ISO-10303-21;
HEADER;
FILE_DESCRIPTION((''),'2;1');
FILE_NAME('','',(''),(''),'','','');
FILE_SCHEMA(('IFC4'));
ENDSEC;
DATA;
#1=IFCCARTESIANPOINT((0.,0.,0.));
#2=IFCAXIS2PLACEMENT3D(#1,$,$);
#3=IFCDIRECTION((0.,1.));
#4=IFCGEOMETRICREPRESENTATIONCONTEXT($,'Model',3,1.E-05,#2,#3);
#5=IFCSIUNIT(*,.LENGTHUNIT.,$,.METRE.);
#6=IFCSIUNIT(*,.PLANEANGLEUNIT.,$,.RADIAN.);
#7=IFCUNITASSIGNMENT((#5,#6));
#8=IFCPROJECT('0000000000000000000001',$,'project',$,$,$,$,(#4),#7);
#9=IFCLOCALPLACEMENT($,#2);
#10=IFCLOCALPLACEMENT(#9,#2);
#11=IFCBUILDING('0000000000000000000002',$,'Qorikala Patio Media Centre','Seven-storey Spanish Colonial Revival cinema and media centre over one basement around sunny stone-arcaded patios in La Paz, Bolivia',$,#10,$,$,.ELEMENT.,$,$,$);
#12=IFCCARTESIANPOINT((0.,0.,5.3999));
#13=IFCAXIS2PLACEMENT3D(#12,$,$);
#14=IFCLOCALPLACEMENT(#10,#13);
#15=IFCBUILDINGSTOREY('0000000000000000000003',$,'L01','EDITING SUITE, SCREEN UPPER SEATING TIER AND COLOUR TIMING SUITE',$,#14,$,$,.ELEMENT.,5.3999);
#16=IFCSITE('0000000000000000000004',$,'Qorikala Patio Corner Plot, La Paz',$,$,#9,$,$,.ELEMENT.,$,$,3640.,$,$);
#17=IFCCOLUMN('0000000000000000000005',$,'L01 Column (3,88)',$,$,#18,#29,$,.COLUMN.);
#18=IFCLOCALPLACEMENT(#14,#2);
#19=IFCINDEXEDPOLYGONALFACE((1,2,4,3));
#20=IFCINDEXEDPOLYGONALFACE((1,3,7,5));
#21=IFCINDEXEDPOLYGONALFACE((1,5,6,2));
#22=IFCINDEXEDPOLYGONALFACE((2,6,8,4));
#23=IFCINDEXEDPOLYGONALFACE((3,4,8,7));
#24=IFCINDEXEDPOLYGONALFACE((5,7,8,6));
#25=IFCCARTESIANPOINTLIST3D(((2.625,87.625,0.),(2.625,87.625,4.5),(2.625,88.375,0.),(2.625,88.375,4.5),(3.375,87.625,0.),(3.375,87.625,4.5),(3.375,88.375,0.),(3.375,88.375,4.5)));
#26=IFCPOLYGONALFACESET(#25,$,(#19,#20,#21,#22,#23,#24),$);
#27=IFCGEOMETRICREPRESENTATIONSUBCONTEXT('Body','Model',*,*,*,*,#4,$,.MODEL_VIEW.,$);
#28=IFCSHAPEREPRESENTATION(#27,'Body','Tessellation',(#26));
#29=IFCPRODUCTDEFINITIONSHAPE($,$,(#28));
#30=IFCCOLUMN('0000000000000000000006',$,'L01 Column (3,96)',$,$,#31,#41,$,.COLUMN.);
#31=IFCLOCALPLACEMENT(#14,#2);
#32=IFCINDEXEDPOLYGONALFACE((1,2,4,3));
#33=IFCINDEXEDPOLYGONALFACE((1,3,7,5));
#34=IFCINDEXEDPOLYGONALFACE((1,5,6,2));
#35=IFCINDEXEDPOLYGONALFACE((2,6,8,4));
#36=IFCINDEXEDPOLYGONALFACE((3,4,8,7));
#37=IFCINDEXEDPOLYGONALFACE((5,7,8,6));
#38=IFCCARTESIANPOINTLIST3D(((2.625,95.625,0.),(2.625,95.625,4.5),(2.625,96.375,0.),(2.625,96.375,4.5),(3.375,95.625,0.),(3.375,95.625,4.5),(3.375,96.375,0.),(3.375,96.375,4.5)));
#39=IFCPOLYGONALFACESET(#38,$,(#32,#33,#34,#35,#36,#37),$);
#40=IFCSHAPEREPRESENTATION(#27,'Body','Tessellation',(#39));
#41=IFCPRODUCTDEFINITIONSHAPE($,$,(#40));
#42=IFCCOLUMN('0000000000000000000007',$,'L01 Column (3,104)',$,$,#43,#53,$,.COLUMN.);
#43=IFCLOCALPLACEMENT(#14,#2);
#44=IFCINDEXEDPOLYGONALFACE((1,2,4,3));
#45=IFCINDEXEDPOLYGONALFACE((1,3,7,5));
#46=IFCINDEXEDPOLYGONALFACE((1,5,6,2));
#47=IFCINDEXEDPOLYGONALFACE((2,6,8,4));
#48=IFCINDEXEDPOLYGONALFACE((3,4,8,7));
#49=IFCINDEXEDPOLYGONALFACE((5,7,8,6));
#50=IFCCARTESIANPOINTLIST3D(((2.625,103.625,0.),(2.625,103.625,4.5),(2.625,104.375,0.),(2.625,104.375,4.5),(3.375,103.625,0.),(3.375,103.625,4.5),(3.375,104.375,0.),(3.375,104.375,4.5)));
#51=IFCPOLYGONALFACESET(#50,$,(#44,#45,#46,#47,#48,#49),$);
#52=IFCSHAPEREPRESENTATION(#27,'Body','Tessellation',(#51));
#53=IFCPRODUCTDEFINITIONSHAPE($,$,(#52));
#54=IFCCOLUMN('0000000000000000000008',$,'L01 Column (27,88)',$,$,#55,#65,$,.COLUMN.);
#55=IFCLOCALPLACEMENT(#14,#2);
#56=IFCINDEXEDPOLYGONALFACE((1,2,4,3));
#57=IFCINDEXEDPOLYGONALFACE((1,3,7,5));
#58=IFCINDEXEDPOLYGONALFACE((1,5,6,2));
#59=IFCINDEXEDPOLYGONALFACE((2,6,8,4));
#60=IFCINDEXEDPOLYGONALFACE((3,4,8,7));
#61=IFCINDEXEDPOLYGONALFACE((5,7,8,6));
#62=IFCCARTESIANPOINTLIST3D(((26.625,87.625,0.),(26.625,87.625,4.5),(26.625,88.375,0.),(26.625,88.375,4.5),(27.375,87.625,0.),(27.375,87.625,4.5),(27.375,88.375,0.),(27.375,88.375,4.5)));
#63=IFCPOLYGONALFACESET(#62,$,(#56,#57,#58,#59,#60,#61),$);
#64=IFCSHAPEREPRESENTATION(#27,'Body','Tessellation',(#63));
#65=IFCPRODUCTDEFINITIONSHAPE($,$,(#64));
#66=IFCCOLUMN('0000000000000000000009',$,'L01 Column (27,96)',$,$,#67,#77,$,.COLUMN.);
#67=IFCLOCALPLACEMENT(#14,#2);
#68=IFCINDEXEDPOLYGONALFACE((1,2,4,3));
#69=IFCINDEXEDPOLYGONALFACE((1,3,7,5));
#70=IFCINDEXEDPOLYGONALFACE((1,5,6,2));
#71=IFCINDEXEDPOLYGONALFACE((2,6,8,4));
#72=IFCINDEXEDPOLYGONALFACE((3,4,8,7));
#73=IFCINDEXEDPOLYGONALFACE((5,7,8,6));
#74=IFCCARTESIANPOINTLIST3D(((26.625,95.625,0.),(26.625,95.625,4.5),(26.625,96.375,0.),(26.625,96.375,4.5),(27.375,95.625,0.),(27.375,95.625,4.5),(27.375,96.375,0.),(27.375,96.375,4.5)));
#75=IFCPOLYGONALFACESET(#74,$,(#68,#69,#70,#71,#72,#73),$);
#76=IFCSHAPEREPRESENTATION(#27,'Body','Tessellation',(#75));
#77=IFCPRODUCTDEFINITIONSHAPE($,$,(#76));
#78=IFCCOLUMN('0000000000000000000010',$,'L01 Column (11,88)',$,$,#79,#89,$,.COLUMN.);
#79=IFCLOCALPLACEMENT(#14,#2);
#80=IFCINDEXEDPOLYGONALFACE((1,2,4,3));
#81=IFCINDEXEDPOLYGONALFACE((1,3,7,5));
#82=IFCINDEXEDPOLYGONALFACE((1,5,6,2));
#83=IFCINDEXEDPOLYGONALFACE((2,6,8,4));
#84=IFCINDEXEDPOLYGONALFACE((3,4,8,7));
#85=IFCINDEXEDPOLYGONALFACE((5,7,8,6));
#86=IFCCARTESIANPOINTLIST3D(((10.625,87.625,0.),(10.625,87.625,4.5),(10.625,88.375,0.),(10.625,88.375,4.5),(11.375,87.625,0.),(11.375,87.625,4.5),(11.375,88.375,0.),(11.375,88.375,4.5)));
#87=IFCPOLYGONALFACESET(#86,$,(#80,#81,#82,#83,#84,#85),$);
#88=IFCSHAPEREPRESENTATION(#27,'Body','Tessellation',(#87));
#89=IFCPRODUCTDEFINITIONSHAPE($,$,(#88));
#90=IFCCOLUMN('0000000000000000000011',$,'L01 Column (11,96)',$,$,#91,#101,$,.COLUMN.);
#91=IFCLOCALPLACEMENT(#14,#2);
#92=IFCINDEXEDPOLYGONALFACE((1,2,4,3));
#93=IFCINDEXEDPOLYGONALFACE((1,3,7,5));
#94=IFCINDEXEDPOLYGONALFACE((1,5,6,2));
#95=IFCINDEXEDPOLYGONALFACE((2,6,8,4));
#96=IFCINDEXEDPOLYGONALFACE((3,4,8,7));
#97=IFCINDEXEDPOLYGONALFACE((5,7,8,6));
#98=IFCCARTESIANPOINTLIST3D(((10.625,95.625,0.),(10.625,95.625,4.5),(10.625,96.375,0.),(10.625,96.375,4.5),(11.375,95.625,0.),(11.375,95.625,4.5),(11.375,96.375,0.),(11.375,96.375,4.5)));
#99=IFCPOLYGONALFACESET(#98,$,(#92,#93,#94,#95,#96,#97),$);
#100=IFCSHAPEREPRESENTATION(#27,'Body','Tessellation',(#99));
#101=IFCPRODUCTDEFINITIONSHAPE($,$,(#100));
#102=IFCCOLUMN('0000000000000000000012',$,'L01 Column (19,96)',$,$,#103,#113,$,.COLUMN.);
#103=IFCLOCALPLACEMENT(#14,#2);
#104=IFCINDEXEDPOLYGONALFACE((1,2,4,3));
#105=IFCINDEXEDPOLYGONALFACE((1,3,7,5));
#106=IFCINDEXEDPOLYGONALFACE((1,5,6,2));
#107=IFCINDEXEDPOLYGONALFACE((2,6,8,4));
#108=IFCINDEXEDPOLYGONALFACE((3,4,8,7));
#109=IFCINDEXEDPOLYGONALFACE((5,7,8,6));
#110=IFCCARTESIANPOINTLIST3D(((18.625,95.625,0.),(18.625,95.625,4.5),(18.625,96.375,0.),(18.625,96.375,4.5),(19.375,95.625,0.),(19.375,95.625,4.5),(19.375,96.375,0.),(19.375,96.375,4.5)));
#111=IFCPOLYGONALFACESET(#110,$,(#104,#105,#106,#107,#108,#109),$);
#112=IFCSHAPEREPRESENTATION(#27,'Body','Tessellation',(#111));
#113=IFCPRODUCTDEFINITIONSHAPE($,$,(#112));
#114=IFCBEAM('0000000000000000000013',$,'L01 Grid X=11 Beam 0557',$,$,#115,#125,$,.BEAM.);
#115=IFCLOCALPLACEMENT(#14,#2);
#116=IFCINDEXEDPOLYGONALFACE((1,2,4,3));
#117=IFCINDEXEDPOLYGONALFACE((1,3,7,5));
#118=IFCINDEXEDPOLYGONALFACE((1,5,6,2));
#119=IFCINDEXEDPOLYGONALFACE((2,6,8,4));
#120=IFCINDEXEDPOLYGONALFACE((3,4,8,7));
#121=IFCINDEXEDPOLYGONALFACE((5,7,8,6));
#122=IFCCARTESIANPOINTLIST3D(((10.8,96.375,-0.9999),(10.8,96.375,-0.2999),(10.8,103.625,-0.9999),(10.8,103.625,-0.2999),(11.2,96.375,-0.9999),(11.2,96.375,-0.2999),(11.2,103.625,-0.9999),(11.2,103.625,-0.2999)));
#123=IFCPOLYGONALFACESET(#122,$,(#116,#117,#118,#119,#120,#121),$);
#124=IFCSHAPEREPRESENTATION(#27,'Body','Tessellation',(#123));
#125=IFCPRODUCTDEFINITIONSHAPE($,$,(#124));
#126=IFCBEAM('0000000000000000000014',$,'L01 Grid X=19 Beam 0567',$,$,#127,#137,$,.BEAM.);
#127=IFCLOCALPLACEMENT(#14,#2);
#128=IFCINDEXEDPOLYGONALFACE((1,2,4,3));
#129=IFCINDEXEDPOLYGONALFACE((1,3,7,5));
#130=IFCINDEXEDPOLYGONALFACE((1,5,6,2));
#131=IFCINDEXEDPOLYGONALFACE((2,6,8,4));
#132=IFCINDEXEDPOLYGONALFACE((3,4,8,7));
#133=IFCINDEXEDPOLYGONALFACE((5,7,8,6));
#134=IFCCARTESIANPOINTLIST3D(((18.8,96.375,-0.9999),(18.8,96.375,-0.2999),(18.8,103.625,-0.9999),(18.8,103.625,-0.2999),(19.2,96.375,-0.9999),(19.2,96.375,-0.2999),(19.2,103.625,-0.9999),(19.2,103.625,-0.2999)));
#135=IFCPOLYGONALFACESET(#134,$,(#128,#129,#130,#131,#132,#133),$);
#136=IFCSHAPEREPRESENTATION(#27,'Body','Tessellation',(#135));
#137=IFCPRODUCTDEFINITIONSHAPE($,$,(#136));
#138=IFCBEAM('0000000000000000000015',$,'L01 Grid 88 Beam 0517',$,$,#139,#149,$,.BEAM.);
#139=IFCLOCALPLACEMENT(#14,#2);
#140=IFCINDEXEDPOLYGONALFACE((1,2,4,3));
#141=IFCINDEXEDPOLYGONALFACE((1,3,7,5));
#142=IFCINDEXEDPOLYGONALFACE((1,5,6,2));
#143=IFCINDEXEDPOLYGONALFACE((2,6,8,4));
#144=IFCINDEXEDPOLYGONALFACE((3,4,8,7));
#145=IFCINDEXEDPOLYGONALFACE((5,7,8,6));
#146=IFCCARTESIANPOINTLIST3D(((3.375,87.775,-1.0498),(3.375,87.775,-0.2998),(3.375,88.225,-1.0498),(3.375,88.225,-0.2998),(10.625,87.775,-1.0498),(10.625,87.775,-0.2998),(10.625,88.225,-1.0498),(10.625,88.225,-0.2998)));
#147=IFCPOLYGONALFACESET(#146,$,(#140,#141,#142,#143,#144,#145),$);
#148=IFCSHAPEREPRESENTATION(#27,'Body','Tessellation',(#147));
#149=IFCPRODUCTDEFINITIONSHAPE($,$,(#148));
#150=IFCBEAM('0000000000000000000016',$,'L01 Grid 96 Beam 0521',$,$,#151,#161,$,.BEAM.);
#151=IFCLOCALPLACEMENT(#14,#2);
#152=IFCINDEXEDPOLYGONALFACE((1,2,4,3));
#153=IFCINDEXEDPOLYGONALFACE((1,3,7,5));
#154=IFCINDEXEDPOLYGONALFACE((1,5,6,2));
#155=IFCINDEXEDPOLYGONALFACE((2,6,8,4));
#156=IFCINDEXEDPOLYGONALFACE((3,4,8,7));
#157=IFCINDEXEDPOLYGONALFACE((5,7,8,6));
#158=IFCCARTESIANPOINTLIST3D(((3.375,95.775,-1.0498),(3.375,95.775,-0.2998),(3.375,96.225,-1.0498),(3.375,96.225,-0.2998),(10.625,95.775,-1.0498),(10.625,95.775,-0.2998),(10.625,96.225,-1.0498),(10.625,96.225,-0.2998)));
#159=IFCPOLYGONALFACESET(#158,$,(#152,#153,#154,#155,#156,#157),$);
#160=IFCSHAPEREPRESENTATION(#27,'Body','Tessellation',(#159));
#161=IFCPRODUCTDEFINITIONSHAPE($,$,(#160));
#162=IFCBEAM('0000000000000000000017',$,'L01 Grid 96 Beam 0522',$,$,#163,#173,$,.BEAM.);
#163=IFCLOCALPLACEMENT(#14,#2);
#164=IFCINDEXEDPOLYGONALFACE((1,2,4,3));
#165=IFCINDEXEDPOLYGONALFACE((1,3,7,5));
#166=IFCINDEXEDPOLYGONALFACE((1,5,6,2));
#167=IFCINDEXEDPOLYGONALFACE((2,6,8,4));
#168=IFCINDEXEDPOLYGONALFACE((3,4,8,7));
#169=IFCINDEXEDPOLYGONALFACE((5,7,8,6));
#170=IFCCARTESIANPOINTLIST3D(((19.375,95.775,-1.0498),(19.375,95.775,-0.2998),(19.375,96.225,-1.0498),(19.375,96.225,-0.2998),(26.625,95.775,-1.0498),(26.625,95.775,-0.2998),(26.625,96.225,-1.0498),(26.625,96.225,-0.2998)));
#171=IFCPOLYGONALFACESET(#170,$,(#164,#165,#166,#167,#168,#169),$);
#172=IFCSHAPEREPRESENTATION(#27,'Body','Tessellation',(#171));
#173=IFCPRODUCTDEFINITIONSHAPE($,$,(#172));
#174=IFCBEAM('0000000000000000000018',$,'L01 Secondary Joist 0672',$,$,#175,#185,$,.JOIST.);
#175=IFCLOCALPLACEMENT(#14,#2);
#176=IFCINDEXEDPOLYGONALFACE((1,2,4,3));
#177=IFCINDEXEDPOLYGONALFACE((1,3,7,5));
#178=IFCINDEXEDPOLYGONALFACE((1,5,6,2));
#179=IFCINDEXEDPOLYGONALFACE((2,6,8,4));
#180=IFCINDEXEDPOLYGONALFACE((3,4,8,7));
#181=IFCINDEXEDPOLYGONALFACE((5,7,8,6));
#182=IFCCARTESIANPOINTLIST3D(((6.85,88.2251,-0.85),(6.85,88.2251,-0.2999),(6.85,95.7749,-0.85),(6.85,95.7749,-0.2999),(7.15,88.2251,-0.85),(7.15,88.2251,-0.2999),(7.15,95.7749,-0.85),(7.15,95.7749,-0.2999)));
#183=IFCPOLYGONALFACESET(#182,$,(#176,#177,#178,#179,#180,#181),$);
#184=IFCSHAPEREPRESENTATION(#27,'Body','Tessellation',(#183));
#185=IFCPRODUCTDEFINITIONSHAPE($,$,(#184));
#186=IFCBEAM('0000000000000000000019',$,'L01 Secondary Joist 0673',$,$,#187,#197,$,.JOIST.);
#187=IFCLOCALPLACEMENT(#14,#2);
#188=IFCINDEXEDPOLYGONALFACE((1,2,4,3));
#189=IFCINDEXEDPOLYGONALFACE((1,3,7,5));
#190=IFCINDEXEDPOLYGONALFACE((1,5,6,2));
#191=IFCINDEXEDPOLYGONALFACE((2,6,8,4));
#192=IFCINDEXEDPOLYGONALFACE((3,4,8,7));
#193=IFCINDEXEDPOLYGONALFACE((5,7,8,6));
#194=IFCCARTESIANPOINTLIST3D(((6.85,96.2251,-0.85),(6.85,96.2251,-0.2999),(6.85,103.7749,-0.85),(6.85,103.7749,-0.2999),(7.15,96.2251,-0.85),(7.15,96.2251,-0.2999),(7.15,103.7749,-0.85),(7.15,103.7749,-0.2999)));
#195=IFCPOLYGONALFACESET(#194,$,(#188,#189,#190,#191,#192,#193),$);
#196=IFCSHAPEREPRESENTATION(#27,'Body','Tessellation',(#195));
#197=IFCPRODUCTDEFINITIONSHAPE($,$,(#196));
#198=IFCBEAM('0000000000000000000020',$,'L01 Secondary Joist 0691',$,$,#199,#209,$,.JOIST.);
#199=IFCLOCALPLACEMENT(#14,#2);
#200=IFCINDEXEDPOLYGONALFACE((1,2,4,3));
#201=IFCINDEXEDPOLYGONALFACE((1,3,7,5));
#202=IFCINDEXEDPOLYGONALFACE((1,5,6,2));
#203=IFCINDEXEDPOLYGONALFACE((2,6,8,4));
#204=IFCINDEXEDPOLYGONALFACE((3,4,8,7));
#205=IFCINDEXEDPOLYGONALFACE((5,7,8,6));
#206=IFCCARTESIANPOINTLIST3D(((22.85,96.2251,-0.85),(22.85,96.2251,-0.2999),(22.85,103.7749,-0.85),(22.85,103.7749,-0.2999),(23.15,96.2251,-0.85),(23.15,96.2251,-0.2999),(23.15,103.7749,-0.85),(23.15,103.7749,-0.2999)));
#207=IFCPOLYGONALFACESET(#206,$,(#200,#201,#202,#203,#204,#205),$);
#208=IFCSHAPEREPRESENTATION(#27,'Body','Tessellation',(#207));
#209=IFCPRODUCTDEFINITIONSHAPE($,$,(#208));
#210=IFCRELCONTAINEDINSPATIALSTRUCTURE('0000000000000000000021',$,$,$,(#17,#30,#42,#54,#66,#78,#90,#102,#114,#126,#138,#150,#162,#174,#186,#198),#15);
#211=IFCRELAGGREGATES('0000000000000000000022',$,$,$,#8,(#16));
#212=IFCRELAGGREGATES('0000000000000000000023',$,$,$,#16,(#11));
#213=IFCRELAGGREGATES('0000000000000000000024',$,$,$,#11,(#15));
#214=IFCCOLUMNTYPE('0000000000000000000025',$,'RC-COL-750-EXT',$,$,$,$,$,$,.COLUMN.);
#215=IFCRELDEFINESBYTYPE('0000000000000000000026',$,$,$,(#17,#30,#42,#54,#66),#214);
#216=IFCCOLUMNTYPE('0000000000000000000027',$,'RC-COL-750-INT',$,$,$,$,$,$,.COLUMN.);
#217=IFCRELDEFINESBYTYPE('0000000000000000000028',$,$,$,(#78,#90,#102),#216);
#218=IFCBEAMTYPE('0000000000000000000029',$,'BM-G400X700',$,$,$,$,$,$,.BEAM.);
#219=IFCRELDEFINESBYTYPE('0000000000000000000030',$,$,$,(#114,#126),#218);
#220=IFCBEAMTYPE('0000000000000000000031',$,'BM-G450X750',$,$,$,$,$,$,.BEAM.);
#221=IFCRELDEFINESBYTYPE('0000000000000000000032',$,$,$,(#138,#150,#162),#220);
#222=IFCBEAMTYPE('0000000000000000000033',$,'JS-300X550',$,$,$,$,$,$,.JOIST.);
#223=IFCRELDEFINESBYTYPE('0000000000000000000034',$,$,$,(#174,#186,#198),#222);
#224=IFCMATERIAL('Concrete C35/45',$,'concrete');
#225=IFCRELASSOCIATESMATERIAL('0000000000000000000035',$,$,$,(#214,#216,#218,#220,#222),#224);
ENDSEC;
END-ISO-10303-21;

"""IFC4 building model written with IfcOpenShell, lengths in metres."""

from ifc_helpers import new_model, si_unit, direction, frame, origin, origin_2d, place, context, subcontext, project, spatial, rectangle, extrude, material, material_profile, profile_set, type_object, element, save


model = new_model("IFC4")

# Units and contexts
model_context = context("Model", 3, precision=1e-05, world=origin(), true_north=direction((0.0, 1.0)))
body_context = subcontext(model_context, "Body", "Model", "MODEL_VIEW")
ifc_project = project(units=[si_unit("LENGTHUNIT", "METRE"), si_unit("PLANEANGLEUNIT", "RADIAN")], contexts=[model_context])

# Site, building, storey
site_placement = place(None, origin())
site = spatial("IfcSite", under=ifc_project, at=site_placement, Name="Qorikala Patio Corner Plot, La Paz", CompositionType="ELEMENT", RefElevation=3640.0)
building_placement = place(site_placement, origin())
building = spatial("IfcBuilding", under=site, at=building_placement, Name="Qorikala Patio Media Centre", Description="Seven-storey Spanish Colonial Revival cinema and media centre over one basement around sunny stone-arcaded patios in La Paz, Bolivia", CompositionType="ELEMENT")
storey_placement = place(building_placement, frame((0.0, 0.0, 5.3999)))
storey = spatial("IfcBuildingStorey", under=building, at=storey_placement, Name="L01", Description="EDITING SUITE, SCREEN UPPER SEATING TIER AND COLOUR TIMING SUITE", CompositionType="ELEMENT", Elevation=5.3999)

# Columns
ifc_material_1 = material(Name="Concrete C35/45", Category="concrete")
ifc_material_profile_1 = material_profile(ifc_material_1, rectangle(XDim=0.75, YDim=0.75, at=origin_2d()), Name="RC 750x750")
ifc_profile_set_1 = profile_set([ifc_material_profile_1], Name="Concrete C35/45")
column_type_1 = type_object("IfcColumnType", Name="RC-COL-750-EXT", PredefinedType="COLUMN", material=ifc_profile_set_1)
for number, where, z_axis, x_axis, name in (
    (1, (3.0, 88.0, 0.0), (0.0, 0.0, 1.0), (1.0, 0.0, 0.0), "L01 Column (3,88)"),
    (2, (3.0, 96.0, 0.0), (0.0, 0.0, 1.0), (1.0, 0.0, 0.0), "L01 Column (3,96)"),
    (3, (3.0, 104.0, 0.0), (0.0, 0.0, 1.0), (1.0, 0.0, 0.0), "L01 Column (3,104)"),
    (4, (27.0, 88.0, 0.0), (0.0, 0.0, 1.0), (1.0, 0.0, 0.0), "L01 Column (27,88)"),
    (5, (27.0, 96.0, 0.0), (0.0, 0.0, 1.0), (1.0, 0.0, 0.0), "L01 Column (27,96)"),
):
    element("IfcColumn", number, at=place(storey_placement, frame(where, z_axis=z_axis, x_axis=x_axis)), inside=storey, type_object=column_type_1, Name=name, PredefinedType="COLUMN", context=body_context, shape_type="SweptSolid", body=[
        extrude(rectangle(XDim=0.75, YDim=0.75, at=origin_2d()), origin(), (0.0, 0.0, 1.0), 4.5),
    ])
ifc_material_profile_2 = material_profile(ifc_material_1, rectangle(XDim=0.75, YDim=0.75, at=origin_2d()), Name="RC 750x750")
ifc_profile_set_2 = profile_set([ifc_material_profile_2], Name="Concrete C35/45")
column_type_2 = type_object("IfcColumnType", Name="RC-COL-750-INT", PredefinedType="COLUMN", material=ifc_profile_set_2)
for number, where, z_axis, x_axis, name in (
    (6, (11.0, 88.0, 0.0), (0.0, 0.0, 1.0), (1.0, 0.0, 0.0), "L01 Column (11,88)"),
    (7, (11.0, 96.0, 0.0), (0.0, 0.0, 1.0), (1.0, 0.0, 0.0), "L01 Column (11,96)"),
    (8, (19.0, 96.0, 0.0), (0.0, 0.0, 1.0), (1.0, 0.0, 0.0), "L01 Column (19,96)"),
):
    element("IfcColumn", number, at=place(storey_placement, frame(where, z_axis=z_axis, x_axis=x_axis)), inside=storey, type_object=column_type_2, Name=name, PredefinedType="COLUMN", context=body_context, shape_type="SweptSolid", body=[
        extrude(rectangle(XDim=0.75, YDim=0.75, at=origin_2d()), origin(), (0.0, 0.0, 1.0), 4.5),
    ])

# Beams
ifc_material_profile_3 = material_profile(ifc_material_1, rectangle(XDim=0.3999, YDim=0.7, at=origin_2d()), Name="RC 400x700")
ifc_profile_set_3 = profile_set([ifc_material_profile_3], Name="Concrete C35/45")
beam_type_1 = type_object("IfcBeamType", Name="BM-G400X700", PredefinedType="BEAM", material=ifc_profile_set_3)
for number, where, z_axis, x_axis, name in (
    (9, (11.0, 96.375, -0.6499), (0.0, 1.0, 0.0), (-1.0, 0.0, 0.0), "L01 Grid X=11 Beam 0557"),
    (10, (19.0, 96.375, -0.6499), (0.0, 1.0, 0.0), (-1.0, 0.0, 0.0), "L01 Grid X=19 Beam 0567"),
):
    element("IfcBeam", number, at=place(storey_placement, frame(where, z_axis=z_axis, x_axis=x_axis)), inside=storey, type_object=beam_type_1, Name=name, PredefinedType="BEAM", context=body_context, shape_type="SweptSolid", body=[
        extrude(rectangle(XDim=0.3999, YDim=0.7, at=origin_2d()), origin(), (0.0, 0.0, 1.0), 7.25),
    ])
ifc_material_profile_4 = material_profile(ifc_material_1, rectangle(XDim=0.45, YDim=0.75, at=origin_2d()), Name="RC 450x750")
ifc_profile_set_4 = profile_set([ifc_material_profile_4], Name="Concrete C35/45")
beam_type_2 = type_object("IfcBeamType", Name="BM-G450X750", PredefinedType="BEAM", material=ifc_profile_set_4)
for number, where, z_axis, x_axis, name in (
    (11, (3.375, 88.0, -0.6748), (1.0, 0.0, 0.0), (0.0, 1.0, 0.0), "L01 Grid 88 Beam 0517"),
    (12, (3.375, 96.0, -0.6748), (1.0, 0.0, 0.0), (0.0, 1.0, 0.0), "L01 Grid 96 Beam 0521"),
    (13, (19.375, 96.0, -0.6748), (1.0, 0.0, 0.0), (0.0, 1.0, 0.0), "L01 Grid 96 Beam 0522"),
):
    element("IfcBeam", number, at=place(storey_placement, frame(where, z_axis=z_axis, x_axis=x_axis)), inside=storey, type_object=beam_type_2, Name=name, PredefinedType="BEAM", context=body_context, shape_type="SweptSolid", body=[
        extrude(rectangle(XDim=0.45, YDim=0.75, at=origin_2d()), origin(), (0.0, 0.0, 1.0), 7.25),
    ])
ifc_material_profile_5 = material_profile(ifc_material_1, rectangle(XDim=0.3, YDim=0.55, at=origin_2d()), Name="RC 300x550")
ifc_profile_set_5 = profile_set([ifc_material_profile_5], Name="Concrete C35/45")
beam_type_3 = type_object("IfcBeamType", Name="JS-300X550", PredefinedType="JOIST", material=ifc_profile_set_5)
for number, where, z_axis, x_axis, name in (
    (14, (7.0, 88.2251, -0.575), (0.0, 1.0, 0.0), (-1.0, 0.0, 0.0), "L01 Secondary Joist 0672"),
    (15, (7.0, 96.2251, -0.575), (0.0, 1.0, 0.0), (-1.0, 0.0, 0.0), "L01 Secondary Joist 0673"),
    (16, (23.0, 96.2251, -0.575), (0.0, 1.0, 0.0), (-1.0, 0.0, 0.0), "L01 Secondary Joist 0691"),
):
    element("IfcBeam", number, at=place(storey_placement, frame(where, z_axis=z_axis, x_axis=x_axis)), inside=storey, type_object=beam_type_3, Name=name, PredefinedType="JOIST", context=body_context, shape_type="SweptSolid", body=[
        extrude(rectangle(XDim=0.3, YDim=0.55, at=origin_2d()), origin(), (0.0, 0.0, 1.0), 7.5498),
    ])

save(model, "model.ifc")
